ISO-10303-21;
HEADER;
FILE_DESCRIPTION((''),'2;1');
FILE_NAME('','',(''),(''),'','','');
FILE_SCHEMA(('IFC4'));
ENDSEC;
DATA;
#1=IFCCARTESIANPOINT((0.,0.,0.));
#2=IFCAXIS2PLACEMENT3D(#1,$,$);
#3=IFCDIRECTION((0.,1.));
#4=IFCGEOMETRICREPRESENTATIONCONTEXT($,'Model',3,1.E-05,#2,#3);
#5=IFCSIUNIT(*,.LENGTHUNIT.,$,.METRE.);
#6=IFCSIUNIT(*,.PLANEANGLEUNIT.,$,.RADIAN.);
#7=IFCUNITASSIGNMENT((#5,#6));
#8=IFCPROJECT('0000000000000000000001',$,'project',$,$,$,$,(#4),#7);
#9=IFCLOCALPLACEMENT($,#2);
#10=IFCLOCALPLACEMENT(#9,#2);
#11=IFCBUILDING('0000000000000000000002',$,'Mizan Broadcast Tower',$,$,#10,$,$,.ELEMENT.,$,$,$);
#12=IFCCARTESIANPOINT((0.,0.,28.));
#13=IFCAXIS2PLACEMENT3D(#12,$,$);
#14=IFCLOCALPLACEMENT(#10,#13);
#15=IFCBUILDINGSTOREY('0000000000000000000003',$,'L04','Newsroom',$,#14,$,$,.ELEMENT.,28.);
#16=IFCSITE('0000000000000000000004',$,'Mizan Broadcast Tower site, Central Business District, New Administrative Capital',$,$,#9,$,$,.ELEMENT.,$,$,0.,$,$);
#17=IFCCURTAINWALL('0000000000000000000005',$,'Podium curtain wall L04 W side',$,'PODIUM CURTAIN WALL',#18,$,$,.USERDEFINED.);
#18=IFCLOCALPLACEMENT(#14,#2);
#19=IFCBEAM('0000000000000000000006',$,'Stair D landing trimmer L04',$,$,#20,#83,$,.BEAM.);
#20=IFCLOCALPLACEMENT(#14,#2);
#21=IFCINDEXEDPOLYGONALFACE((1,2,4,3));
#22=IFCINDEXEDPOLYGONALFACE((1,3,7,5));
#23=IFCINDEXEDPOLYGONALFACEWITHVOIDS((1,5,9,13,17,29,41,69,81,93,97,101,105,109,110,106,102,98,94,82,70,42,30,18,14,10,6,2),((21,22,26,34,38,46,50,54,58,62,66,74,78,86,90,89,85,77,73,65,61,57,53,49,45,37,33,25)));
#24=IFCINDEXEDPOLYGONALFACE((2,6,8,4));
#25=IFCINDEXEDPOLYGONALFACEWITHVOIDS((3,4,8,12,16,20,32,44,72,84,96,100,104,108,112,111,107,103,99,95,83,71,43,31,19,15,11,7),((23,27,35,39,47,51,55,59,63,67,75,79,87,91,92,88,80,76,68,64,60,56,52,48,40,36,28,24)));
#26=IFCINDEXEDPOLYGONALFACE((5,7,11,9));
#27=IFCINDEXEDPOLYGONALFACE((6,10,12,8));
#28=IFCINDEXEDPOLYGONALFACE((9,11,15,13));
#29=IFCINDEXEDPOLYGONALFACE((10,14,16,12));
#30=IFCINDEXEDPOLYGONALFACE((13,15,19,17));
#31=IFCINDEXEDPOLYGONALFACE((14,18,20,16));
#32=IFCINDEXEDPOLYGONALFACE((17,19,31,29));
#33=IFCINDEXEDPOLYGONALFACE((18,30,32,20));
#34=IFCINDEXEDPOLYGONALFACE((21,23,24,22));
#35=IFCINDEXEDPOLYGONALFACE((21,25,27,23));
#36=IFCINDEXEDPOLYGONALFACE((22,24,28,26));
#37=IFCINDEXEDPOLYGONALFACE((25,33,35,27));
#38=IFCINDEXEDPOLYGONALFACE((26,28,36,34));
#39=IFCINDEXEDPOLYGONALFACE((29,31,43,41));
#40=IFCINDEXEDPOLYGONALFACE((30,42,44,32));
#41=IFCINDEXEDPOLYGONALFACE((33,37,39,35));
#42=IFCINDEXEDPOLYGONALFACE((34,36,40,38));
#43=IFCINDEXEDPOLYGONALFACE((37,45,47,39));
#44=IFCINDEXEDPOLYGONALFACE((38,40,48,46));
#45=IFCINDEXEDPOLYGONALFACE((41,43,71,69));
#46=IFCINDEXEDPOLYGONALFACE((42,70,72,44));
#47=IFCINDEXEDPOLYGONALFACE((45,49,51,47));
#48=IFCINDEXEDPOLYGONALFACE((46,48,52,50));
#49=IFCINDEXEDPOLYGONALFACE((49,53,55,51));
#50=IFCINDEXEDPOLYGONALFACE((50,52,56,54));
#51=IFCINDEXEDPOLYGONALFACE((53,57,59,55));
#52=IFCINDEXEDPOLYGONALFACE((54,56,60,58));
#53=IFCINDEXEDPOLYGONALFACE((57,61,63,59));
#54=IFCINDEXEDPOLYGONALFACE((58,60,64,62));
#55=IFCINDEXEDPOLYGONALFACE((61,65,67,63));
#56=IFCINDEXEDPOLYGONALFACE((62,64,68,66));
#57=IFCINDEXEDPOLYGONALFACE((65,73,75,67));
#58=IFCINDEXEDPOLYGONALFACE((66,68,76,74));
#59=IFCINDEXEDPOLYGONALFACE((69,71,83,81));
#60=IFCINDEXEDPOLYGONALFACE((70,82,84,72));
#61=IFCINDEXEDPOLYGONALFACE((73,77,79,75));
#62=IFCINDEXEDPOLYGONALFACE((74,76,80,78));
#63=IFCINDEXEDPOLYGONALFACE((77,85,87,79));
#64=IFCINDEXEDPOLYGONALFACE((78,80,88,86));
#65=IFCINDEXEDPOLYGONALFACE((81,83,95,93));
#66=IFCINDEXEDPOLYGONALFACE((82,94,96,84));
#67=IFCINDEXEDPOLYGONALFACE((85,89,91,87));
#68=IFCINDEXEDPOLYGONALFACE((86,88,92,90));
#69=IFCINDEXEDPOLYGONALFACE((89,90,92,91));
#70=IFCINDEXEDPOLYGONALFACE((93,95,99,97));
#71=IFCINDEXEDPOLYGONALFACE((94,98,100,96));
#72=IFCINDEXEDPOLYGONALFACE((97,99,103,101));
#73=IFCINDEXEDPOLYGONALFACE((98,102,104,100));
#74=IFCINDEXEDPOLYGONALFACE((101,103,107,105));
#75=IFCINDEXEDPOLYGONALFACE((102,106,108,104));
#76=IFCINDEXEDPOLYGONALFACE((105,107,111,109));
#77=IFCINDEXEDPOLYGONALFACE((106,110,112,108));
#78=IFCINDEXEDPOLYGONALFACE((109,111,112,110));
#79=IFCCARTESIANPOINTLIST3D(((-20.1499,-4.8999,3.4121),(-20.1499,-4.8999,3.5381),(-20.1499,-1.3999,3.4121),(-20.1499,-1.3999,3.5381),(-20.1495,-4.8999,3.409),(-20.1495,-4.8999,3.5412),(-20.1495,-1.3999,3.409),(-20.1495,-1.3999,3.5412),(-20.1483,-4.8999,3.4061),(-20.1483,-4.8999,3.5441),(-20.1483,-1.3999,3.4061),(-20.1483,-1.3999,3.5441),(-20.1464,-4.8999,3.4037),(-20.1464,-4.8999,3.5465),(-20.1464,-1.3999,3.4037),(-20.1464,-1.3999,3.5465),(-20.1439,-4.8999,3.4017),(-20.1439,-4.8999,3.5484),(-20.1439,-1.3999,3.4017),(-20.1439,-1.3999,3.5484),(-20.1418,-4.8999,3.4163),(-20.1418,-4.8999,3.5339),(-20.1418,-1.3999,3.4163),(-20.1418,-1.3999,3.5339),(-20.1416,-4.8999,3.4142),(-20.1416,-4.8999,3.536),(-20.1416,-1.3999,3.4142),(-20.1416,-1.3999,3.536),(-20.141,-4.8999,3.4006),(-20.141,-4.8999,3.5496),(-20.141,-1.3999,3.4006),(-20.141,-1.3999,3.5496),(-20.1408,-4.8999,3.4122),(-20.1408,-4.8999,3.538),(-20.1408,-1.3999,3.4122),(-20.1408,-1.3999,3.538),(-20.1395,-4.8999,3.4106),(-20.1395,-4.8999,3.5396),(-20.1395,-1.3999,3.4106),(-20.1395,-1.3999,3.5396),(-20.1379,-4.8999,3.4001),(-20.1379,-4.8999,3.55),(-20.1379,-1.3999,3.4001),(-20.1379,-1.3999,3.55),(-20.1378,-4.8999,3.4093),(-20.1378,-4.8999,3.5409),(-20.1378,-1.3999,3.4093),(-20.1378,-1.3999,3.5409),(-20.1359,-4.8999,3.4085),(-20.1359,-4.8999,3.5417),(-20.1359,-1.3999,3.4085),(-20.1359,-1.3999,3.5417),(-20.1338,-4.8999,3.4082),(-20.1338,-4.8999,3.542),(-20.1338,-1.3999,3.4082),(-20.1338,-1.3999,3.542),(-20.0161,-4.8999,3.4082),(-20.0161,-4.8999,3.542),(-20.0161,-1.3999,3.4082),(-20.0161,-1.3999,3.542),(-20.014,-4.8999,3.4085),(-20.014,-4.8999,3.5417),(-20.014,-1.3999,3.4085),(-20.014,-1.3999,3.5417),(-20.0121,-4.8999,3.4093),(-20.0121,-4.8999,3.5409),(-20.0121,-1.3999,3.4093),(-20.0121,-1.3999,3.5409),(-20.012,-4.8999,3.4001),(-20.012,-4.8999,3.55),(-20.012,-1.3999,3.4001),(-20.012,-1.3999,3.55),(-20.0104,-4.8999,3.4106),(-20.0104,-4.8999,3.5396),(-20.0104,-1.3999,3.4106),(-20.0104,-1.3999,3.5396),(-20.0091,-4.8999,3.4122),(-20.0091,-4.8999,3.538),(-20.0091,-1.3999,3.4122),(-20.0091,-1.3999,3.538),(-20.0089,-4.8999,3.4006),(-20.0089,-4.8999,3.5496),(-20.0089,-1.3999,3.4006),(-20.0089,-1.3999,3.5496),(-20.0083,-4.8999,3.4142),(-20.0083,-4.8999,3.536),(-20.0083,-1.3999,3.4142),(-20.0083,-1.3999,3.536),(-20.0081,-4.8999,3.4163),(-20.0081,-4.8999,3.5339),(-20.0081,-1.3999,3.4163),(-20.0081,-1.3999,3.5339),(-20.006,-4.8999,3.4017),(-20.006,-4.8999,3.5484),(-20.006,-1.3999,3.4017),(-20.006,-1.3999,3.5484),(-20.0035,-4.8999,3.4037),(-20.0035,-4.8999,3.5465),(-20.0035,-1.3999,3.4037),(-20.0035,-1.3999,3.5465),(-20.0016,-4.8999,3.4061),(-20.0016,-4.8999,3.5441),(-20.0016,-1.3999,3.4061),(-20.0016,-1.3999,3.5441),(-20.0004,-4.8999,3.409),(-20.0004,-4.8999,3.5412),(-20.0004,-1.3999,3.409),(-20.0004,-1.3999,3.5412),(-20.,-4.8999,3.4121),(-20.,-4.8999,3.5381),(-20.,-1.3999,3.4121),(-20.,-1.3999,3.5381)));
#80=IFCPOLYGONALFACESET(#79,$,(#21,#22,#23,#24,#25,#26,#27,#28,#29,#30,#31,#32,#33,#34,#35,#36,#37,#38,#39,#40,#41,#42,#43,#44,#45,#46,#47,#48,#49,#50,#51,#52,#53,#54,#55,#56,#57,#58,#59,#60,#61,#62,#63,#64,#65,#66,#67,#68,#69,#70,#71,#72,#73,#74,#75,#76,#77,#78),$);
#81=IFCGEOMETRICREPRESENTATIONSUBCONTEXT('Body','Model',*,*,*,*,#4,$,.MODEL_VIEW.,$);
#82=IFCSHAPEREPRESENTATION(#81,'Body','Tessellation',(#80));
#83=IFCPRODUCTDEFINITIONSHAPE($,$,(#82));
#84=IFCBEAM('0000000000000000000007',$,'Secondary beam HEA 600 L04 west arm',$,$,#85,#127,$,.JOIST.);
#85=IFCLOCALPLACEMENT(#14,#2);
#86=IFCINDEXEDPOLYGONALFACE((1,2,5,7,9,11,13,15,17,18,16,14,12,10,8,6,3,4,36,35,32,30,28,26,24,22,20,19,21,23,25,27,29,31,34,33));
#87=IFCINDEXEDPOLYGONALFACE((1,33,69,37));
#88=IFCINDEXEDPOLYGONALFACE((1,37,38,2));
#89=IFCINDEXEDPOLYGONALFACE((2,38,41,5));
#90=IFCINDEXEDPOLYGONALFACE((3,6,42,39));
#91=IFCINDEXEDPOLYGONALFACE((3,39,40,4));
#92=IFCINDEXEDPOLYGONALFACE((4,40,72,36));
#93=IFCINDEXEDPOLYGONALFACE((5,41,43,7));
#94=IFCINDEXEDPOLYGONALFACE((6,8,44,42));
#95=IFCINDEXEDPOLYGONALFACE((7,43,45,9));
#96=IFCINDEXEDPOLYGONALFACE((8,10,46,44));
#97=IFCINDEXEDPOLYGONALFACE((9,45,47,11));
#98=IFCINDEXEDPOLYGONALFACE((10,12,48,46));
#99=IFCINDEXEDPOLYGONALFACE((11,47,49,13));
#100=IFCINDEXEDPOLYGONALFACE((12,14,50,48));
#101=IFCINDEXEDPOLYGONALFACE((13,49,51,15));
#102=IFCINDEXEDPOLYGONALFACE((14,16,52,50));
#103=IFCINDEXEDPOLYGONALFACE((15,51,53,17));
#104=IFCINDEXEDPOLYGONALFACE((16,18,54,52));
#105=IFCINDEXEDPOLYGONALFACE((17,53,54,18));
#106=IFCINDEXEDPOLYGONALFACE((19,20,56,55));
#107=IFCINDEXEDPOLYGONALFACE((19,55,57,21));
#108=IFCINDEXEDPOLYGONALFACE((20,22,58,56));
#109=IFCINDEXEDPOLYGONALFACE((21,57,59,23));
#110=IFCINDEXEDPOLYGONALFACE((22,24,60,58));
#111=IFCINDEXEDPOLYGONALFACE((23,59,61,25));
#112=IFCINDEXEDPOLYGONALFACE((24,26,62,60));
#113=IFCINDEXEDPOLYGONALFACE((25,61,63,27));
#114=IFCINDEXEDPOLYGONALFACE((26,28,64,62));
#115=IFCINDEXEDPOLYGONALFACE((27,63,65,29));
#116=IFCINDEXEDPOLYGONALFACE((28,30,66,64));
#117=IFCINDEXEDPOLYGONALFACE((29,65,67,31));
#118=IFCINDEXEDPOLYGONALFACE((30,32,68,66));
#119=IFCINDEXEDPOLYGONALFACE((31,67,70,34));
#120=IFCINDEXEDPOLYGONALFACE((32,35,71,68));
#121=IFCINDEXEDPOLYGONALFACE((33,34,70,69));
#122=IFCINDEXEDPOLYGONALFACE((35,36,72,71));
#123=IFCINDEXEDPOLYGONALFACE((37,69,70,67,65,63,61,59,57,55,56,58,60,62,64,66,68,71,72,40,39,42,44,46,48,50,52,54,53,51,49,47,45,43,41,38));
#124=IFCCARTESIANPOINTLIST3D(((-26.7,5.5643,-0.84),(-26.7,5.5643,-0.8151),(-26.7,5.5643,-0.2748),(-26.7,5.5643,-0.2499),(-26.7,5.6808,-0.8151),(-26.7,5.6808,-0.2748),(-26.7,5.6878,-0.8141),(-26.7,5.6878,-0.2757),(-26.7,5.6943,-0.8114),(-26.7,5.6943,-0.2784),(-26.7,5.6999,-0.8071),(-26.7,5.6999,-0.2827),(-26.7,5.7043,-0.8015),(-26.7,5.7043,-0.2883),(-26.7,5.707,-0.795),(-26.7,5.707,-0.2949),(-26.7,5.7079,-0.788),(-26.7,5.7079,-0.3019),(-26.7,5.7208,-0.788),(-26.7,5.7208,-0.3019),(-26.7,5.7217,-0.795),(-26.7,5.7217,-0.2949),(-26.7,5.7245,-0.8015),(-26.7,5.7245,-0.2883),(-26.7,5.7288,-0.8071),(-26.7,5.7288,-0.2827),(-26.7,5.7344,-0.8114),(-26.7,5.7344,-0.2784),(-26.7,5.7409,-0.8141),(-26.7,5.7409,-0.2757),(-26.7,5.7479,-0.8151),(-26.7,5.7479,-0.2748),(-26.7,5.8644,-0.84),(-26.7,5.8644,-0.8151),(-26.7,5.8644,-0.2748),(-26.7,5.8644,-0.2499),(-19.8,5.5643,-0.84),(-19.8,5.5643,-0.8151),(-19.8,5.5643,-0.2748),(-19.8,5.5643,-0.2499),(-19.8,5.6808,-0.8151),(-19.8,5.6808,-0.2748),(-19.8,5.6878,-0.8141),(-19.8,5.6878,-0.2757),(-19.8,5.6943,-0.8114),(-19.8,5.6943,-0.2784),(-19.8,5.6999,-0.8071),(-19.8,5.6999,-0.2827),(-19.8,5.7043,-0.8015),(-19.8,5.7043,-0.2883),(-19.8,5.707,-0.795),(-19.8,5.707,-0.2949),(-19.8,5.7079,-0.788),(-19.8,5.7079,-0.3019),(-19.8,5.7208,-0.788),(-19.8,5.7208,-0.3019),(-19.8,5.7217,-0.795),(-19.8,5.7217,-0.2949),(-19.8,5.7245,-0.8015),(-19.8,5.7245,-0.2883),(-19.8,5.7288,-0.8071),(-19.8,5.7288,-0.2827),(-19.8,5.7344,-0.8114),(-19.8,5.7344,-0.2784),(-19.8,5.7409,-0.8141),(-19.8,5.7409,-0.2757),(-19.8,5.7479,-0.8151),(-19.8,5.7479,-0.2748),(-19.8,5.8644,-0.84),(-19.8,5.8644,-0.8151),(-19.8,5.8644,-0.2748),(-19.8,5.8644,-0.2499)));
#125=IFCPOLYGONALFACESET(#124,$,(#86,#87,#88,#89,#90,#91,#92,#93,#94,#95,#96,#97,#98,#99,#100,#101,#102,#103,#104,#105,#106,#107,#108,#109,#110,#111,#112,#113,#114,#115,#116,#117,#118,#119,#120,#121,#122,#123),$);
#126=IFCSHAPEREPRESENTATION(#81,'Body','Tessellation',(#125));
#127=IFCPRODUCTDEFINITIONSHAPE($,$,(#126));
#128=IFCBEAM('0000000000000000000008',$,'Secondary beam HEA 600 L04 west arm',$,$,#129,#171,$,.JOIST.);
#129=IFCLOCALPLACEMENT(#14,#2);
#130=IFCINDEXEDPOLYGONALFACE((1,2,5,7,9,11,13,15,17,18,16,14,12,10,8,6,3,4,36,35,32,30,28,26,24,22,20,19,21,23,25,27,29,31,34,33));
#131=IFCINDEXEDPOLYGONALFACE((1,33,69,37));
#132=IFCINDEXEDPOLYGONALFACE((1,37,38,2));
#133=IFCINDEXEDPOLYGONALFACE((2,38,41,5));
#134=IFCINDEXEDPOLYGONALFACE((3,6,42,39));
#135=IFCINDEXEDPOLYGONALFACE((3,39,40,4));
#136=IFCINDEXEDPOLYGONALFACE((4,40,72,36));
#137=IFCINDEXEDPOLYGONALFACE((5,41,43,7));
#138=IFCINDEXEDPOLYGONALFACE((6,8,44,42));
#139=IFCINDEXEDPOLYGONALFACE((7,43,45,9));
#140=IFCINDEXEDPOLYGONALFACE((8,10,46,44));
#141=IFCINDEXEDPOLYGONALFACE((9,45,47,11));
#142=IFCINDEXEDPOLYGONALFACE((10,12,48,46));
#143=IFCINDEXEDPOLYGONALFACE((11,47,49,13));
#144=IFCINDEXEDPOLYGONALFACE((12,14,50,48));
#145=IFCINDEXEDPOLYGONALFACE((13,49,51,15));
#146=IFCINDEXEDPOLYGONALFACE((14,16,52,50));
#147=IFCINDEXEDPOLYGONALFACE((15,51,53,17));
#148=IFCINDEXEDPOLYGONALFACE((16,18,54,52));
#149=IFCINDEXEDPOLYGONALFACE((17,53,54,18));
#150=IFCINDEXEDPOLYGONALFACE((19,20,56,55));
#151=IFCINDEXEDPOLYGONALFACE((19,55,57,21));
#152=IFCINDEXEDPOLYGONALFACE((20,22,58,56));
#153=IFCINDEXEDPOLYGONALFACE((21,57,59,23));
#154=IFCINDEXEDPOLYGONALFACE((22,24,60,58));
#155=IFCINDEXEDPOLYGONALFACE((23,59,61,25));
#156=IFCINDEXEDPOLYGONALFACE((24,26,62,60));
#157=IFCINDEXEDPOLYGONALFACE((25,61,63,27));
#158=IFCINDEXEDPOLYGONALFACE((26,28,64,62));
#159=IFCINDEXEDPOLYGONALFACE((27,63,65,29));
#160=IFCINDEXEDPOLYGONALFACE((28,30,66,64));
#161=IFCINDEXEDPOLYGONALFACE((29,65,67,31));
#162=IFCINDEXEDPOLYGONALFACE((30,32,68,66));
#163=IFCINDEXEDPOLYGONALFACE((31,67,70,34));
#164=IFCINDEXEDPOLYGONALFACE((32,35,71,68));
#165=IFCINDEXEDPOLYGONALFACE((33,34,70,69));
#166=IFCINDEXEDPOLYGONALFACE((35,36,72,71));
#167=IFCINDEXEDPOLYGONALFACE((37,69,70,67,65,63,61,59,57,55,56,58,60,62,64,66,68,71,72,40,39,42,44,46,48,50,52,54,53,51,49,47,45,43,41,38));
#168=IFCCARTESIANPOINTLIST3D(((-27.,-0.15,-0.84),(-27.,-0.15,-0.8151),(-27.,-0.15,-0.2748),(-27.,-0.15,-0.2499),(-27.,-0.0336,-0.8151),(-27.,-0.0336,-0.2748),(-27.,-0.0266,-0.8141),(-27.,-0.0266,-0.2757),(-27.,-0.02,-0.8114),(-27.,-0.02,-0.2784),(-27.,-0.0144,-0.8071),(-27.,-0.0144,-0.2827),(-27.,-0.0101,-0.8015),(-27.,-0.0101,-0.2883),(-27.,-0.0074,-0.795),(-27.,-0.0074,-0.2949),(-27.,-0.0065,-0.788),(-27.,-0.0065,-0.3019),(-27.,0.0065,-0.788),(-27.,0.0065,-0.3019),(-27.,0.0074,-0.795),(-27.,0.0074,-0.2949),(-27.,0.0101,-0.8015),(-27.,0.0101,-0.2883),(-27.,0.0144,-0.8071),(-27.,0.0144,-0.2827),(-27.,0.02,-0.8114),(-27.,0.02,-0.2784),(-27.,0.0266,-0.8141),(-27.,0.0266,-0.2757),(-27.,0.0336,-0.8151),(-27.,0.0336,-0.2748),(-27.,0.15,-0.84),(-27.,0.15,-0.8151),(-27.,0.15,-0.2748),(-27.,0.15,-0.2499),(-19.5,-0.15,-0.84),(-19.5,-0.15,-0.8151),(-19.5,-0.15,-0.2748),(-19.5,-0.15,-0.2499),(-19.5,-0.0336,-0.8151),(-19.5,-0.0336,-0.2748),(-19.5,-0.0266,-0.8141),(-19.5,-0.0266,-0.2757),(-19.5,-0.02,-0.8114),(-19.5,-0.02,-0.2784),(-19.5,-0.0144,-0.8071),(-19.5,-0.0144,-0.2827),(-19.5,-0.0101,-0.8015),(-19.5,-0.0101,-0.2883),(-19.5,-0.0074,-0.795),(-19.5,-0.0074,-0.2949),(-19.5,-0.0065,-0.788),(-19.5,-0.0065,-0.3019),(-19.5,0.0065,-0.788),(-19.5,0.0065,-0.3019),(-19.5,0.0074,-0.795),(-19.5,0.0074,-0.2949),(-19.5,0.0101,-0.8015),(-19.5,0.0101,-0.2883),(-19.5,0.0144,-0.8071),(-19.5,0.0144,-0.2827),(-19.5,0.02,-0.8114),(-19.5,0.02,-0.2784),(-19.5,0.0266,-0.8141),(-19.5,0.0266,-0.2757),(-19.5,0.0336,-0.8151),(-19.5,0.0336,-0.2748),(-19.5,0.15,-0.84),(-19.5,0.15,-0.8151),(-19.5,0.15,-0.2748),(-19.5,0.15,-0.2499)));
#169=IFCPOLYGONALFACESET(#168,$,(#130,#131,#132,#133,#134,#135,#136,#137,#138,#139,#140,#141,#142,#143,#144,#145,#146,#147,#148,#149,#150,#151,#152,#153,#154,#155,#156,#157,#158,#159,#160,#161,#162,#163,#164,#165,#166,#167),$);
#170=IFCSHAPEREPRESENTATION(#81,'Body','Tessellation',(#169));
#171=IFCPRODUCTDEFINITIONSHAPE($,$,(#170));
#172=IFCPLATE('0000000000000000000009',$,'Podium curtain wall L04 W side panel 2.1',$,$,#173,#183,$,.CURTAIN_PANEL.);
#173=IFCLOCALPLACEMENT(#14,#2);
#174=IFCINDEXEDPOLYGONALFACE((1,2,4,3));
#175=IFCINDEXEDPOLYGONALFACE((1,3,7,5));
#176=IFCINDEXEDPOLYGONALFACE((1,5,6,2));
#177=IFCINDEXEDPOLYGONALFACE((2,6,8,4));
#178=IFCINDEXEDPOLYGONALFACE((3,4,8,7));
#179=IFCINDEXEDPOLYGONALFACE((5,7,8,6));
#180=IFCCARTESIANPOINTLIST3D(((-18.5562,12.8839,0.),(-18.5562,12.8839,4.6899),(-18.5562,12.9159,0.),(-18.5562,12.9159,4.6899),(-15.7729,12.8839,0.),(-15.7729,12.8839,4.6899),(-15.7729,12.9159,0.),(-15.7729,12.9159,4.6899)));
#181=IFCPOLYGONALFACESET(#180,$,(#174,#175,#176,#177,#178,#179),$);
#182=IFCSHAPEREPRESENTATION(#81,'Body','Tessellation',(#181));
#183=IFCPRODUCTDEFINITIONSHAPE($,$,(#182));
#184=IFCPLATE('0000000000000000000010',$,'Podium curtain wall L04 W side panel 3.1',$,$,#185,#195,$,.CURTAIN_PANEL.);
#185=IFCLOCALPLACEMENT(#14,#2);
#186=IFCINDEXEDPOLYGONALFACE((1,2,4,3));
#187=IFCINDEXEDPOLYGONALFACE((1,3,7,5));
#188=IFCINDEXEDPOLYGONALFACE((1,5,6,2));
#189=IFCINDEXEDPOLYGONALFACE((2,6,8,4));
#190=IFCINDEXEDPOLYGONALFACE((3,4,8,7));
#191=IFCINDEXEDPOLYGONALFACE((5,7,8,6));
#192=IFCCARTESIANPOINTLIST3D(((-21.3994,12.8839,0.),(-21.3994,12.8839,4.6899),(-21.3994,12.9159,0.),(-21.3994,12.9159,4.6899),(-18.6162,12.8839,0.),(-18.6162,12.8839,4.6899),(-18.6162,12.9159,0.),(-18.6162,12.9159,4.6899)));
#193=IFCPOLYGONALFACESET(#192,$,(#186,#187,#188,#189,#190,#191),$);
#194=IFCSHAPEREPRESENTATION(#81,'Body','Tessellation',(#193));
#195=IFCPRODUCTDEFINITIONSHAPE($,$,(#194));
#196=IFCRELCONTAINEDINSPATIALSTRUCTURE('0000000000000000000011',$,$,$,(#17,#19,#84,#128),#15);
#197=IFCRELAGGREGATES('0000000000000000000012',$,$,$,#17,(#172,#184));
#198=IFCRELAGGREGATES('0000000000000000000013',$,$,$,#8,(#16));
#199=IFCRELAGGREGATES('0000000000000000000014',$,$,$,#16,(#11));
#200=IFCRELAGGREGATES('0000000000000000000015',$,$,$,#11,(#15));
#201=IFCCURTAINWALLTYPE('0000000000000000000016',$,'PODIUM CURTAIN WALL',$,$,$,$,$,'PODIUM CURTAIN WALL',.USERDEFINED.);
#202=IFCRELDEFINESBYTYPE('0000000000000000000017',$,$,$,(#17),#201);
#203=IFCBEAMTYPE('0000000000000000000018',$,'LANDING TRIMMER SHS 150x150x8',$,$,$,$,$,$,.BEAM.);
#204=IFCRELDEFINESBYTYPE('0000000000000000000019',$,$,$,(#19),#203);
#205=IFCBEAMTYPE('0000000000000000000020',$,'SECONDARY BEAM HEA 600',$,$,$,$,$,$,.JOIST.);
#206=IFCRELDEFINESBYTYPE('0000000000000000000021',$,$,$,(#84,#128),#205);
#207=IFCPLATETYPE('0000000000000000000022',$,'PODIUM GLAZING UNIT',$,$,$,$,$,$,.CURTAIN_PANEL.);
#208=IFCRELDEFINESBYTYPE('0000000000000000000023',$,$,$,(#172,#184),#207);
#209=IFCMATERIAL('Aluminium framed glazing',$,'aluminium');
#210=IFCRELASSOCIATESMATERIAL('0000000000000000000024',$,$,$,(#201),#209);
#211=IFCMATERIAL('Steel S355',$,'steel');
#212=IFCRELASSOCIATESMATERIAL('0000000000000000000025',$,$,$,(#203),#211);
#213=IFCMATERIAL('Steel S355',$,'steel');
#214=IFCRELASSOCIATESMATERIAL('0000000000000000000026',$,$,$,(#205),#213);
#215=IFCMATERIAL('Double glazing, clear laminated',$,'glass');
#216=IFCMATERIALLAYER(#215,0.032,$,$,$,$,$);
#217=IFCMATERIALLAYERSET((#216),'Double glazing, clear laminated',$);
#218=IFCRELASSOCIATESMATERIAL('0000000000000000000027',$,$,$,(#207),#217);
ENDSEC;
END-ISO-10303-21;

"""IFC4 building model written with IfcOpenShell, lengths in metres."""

from ifc_helpers import new_model, si_unit, direction, frame, origin, origin_2d, place, context, subcontext, project, spatial, rectangle, hollow_rectangle, i_section, extrude, material, layer, layer_set, material_profile, profile_set, type_object, element, aggregate, save


model = new_model("IFC4")

# Units and contexts
model_context = context("Model", 3, precision=1e-05, world=origin(), true_north=direction((0.0, 1.0)))
body_context = subcontext(model_context, "Body", "Model", "MODEL_VIEW")
ifc_project = project(units=[si_unit("LENGTHUNIT", "METRE"), si_unit("PLANEANGLEUNIT", "RADIAN")], contexts=[model_context])

# Site, building, storey
site_placement = place(None, origin())
site = spatial("IfcSite", under=ifc_project, at=site_placement, Name="Mizan Broadcast Tower site, Central Business District, New Administrative Capital", CompositionType="ELEMENT", RefElevation=0.0)
building_placement = place(site_placement, origin())
building = spatial("IfcBuilding", under=site, at=building_placement, Name="Mizan Broadcast Tower", CompositionType="ELEMENT")
storey_placement = place(building_placement, frame((0.0, 0.0, 28.0)))
storey = spatial("IfcBuildingStorey", under=building, at=storey_placement, Name="L04", Description="Newsroom", CompositionType="ELEMENT", Elevation=28.0)

# Curtain wall
ifc_material_1 = material(Name="Aluminium framed glazing", Category="aluminium")
curtain_wall_type = type_object("IfcCurtainWallType", Name="PODIUM CURTAIN WALL", ElementType="PODIUM CURTAIN WALL", PredefinedType="USERDEFINED", material=ifc_material_1)
curtain_wall_placement = place(storey_placement, origin())
curtain_wall = element("IfcCurtainWall", 1, at=curtain_wall_placement, inside=storey, type_object=curtain_wall_type, Name="Podium curtain wall L04 W side", ObjectType="PODIUM CURTAIN WALL", PredefinedType="USERDEFINED")

# Beams
ifc_material_2 = material(Name="Steel S355", Category="steel")
ifc_material_profile_1 = material_profile(ifc_material_2, hollow_rectangle(XDim=0.1499, YDim=0.1499, WallThickness=0.0081, InnerFilletRadius=0.0081, OuterFilletRadius=0.012, at=origin_2d()), Name="SHS 150x150x8")
ifc_profile_set_1 = profile_set([ifc_material_profile_1], Name="Steel S355")
beam_type_1 = type_object("IfcBeamType", Name="LANDING TRIMMER SHS 150x150x8", PredefinedType="BEAM", material=ifc_profile_set_1)
for number, where, z_axis, x_axis, name in (
    (2, (-20.075, -1.3999, 3.4751), (0.0, -1.0, 0.0), (1.0, 0.0, 0.0), "Stair D landing trimmer L04"),
):
    element("IfcBeam", number, at=place(storey_placement, frame(where, z_axis=z_axis, x_axis=x_axis)), inside=storey, type_object=beam_type_1, Name=name, PredefinedType="BEAM", context=body_context, shape_type="SweptSolid", body=[
        extrude(hollow_rectangle(XDim=0.1499, YDim=0.1499, WallThickness=0.0081, InnerFilletRadius=0.0081, OuterFilletRadius=0.012, at=origin_2d()), origin(), (0.0, 0.0, 1.0), 3.5),
    ])
ifc_material_3 = material(Name="Steel S355", Category="steel")
ifc_material_profile_2 = material_profile(ifc_material_3, i_section(OverallWidth=0.3, OverallDepth=0.5901, WebThickness=0.0129, FlangeThickness=0.0249, FilletRadius=0.0271, at=origin_2d()), Name="HEA 600")
ifc_profile_set_2 = profile_set([ifc_material_profile_2], Name="Steel S355")
beam_type_2 = type_object("IfcBeamType", Name="SECONDARY BEAM HEA 600", PredefinedType="JOIST", material=ifc_profile_set_2)
beam_1_placement = place(storey_placement, frame((-19.8, 5.7144, -0.5449), z_axis=(-1.0, 0.0, 0.0), x_axis=(0.0, -1.0, 0.0)))
element("IfcBeam", 3, at=beam_1_placement, inside=storey, type_object=beam_type_2, Name="Secondary beam HEA 600 L04 west arm", PredefinedType="JOIST", context=body_context, shape_type="SweptSolid", body=[
    extrude(i_section(OverallWidth=0.3, OverallDepth=0.5901, WebThickness=0.0129, FlangeThickness=0.0249, FilletRadius=0.0271, at=origin_2d()), origin(), (0.0, 0.0, 1.0), 6.8999),
])
beam_2_placement = place(storey_placement, frame((-19.5, 0.0, -0.5449), z_axis=(-1.0, 0.0, 0.0), x_axis=(0.0, -1.0, 0.0)))
element("IfcBeam", 4, at=beam_2_placement, inside=storey, type_object=beam_type_2, Name="Secondary beam HEA 600 L04 west arm", PredefinedType="JOIST", context=body_context, shape_type="SweptSolid", body=[
    extrude(i_section(OverallWidth=0.3, OverallDepth=0.5901, WebThickness=0.0129, FlangeThickness=0.0249, FilletRadius=0.0271, at=origin_2d()), origin(), (0.0, 0.0, 1.0), 7.5),
])

# Plates
ifc_material_4 = material(Name="Double glazing, clear laminated", Category="glass")
ifc_layer_1 = layer(ifc_material_4, 0.032)
ifc_layer_set_1 = layer_set([ifc_layer_1], Name="Double glazing, clear laminated")
plate_type = type_object("IfcPlateType", Name="PODIUM GLAZING UNIT", PredefinedType="CURTAIN_PANEL", material=ifc_layer_set_1)
plate_1_placement = place(storey_placement, frame((-17.1646, 12.8999, 0.0), z_axis=(0.0, 0.0, 1.0), x_axis=(-1.0, 0.0, 0.0)))
plate_1 = element("IfcPlate", 5, at=plate_1_placement, type_object=plate_type, Name="Podium curtain wall L04 W side panel 2.1", PredefinedType="CURTAIN_PANEL", context=body_context, shape_type="SweptSolid", body=[
    extrude(rectangle(XDim=2.7832, YDim=0.032, at=origin_2d()), origin(), (0.0, 0.0, 1.0), 4.6899),
])
plate_2_placement = place(storey_placement, frame((-20.0078, 12.8999, 0.0), z_axis=(0.0, 0.0, 1.0), x_axis=(-1.0, 0.0, 0.0)))
plate_2 = element("IfcPlate", 6, at=plate_2_placement, type_object=plate_type, Name="Podium curtain wall L04 W side panel 3.1", PredefinedType="CURTAIN_PANEL", context=body_context, shape_type="SweptSolid", body=[
    extrude(rectangle(XDim=2.7832, YDim=0.032, at=origin_2d()), origin(), (0.0, 0.0, 1.0), 4.6899),
])
aggregate(curtain_wall, [plate_1, plate_2])

save(model, "model.ifc")
